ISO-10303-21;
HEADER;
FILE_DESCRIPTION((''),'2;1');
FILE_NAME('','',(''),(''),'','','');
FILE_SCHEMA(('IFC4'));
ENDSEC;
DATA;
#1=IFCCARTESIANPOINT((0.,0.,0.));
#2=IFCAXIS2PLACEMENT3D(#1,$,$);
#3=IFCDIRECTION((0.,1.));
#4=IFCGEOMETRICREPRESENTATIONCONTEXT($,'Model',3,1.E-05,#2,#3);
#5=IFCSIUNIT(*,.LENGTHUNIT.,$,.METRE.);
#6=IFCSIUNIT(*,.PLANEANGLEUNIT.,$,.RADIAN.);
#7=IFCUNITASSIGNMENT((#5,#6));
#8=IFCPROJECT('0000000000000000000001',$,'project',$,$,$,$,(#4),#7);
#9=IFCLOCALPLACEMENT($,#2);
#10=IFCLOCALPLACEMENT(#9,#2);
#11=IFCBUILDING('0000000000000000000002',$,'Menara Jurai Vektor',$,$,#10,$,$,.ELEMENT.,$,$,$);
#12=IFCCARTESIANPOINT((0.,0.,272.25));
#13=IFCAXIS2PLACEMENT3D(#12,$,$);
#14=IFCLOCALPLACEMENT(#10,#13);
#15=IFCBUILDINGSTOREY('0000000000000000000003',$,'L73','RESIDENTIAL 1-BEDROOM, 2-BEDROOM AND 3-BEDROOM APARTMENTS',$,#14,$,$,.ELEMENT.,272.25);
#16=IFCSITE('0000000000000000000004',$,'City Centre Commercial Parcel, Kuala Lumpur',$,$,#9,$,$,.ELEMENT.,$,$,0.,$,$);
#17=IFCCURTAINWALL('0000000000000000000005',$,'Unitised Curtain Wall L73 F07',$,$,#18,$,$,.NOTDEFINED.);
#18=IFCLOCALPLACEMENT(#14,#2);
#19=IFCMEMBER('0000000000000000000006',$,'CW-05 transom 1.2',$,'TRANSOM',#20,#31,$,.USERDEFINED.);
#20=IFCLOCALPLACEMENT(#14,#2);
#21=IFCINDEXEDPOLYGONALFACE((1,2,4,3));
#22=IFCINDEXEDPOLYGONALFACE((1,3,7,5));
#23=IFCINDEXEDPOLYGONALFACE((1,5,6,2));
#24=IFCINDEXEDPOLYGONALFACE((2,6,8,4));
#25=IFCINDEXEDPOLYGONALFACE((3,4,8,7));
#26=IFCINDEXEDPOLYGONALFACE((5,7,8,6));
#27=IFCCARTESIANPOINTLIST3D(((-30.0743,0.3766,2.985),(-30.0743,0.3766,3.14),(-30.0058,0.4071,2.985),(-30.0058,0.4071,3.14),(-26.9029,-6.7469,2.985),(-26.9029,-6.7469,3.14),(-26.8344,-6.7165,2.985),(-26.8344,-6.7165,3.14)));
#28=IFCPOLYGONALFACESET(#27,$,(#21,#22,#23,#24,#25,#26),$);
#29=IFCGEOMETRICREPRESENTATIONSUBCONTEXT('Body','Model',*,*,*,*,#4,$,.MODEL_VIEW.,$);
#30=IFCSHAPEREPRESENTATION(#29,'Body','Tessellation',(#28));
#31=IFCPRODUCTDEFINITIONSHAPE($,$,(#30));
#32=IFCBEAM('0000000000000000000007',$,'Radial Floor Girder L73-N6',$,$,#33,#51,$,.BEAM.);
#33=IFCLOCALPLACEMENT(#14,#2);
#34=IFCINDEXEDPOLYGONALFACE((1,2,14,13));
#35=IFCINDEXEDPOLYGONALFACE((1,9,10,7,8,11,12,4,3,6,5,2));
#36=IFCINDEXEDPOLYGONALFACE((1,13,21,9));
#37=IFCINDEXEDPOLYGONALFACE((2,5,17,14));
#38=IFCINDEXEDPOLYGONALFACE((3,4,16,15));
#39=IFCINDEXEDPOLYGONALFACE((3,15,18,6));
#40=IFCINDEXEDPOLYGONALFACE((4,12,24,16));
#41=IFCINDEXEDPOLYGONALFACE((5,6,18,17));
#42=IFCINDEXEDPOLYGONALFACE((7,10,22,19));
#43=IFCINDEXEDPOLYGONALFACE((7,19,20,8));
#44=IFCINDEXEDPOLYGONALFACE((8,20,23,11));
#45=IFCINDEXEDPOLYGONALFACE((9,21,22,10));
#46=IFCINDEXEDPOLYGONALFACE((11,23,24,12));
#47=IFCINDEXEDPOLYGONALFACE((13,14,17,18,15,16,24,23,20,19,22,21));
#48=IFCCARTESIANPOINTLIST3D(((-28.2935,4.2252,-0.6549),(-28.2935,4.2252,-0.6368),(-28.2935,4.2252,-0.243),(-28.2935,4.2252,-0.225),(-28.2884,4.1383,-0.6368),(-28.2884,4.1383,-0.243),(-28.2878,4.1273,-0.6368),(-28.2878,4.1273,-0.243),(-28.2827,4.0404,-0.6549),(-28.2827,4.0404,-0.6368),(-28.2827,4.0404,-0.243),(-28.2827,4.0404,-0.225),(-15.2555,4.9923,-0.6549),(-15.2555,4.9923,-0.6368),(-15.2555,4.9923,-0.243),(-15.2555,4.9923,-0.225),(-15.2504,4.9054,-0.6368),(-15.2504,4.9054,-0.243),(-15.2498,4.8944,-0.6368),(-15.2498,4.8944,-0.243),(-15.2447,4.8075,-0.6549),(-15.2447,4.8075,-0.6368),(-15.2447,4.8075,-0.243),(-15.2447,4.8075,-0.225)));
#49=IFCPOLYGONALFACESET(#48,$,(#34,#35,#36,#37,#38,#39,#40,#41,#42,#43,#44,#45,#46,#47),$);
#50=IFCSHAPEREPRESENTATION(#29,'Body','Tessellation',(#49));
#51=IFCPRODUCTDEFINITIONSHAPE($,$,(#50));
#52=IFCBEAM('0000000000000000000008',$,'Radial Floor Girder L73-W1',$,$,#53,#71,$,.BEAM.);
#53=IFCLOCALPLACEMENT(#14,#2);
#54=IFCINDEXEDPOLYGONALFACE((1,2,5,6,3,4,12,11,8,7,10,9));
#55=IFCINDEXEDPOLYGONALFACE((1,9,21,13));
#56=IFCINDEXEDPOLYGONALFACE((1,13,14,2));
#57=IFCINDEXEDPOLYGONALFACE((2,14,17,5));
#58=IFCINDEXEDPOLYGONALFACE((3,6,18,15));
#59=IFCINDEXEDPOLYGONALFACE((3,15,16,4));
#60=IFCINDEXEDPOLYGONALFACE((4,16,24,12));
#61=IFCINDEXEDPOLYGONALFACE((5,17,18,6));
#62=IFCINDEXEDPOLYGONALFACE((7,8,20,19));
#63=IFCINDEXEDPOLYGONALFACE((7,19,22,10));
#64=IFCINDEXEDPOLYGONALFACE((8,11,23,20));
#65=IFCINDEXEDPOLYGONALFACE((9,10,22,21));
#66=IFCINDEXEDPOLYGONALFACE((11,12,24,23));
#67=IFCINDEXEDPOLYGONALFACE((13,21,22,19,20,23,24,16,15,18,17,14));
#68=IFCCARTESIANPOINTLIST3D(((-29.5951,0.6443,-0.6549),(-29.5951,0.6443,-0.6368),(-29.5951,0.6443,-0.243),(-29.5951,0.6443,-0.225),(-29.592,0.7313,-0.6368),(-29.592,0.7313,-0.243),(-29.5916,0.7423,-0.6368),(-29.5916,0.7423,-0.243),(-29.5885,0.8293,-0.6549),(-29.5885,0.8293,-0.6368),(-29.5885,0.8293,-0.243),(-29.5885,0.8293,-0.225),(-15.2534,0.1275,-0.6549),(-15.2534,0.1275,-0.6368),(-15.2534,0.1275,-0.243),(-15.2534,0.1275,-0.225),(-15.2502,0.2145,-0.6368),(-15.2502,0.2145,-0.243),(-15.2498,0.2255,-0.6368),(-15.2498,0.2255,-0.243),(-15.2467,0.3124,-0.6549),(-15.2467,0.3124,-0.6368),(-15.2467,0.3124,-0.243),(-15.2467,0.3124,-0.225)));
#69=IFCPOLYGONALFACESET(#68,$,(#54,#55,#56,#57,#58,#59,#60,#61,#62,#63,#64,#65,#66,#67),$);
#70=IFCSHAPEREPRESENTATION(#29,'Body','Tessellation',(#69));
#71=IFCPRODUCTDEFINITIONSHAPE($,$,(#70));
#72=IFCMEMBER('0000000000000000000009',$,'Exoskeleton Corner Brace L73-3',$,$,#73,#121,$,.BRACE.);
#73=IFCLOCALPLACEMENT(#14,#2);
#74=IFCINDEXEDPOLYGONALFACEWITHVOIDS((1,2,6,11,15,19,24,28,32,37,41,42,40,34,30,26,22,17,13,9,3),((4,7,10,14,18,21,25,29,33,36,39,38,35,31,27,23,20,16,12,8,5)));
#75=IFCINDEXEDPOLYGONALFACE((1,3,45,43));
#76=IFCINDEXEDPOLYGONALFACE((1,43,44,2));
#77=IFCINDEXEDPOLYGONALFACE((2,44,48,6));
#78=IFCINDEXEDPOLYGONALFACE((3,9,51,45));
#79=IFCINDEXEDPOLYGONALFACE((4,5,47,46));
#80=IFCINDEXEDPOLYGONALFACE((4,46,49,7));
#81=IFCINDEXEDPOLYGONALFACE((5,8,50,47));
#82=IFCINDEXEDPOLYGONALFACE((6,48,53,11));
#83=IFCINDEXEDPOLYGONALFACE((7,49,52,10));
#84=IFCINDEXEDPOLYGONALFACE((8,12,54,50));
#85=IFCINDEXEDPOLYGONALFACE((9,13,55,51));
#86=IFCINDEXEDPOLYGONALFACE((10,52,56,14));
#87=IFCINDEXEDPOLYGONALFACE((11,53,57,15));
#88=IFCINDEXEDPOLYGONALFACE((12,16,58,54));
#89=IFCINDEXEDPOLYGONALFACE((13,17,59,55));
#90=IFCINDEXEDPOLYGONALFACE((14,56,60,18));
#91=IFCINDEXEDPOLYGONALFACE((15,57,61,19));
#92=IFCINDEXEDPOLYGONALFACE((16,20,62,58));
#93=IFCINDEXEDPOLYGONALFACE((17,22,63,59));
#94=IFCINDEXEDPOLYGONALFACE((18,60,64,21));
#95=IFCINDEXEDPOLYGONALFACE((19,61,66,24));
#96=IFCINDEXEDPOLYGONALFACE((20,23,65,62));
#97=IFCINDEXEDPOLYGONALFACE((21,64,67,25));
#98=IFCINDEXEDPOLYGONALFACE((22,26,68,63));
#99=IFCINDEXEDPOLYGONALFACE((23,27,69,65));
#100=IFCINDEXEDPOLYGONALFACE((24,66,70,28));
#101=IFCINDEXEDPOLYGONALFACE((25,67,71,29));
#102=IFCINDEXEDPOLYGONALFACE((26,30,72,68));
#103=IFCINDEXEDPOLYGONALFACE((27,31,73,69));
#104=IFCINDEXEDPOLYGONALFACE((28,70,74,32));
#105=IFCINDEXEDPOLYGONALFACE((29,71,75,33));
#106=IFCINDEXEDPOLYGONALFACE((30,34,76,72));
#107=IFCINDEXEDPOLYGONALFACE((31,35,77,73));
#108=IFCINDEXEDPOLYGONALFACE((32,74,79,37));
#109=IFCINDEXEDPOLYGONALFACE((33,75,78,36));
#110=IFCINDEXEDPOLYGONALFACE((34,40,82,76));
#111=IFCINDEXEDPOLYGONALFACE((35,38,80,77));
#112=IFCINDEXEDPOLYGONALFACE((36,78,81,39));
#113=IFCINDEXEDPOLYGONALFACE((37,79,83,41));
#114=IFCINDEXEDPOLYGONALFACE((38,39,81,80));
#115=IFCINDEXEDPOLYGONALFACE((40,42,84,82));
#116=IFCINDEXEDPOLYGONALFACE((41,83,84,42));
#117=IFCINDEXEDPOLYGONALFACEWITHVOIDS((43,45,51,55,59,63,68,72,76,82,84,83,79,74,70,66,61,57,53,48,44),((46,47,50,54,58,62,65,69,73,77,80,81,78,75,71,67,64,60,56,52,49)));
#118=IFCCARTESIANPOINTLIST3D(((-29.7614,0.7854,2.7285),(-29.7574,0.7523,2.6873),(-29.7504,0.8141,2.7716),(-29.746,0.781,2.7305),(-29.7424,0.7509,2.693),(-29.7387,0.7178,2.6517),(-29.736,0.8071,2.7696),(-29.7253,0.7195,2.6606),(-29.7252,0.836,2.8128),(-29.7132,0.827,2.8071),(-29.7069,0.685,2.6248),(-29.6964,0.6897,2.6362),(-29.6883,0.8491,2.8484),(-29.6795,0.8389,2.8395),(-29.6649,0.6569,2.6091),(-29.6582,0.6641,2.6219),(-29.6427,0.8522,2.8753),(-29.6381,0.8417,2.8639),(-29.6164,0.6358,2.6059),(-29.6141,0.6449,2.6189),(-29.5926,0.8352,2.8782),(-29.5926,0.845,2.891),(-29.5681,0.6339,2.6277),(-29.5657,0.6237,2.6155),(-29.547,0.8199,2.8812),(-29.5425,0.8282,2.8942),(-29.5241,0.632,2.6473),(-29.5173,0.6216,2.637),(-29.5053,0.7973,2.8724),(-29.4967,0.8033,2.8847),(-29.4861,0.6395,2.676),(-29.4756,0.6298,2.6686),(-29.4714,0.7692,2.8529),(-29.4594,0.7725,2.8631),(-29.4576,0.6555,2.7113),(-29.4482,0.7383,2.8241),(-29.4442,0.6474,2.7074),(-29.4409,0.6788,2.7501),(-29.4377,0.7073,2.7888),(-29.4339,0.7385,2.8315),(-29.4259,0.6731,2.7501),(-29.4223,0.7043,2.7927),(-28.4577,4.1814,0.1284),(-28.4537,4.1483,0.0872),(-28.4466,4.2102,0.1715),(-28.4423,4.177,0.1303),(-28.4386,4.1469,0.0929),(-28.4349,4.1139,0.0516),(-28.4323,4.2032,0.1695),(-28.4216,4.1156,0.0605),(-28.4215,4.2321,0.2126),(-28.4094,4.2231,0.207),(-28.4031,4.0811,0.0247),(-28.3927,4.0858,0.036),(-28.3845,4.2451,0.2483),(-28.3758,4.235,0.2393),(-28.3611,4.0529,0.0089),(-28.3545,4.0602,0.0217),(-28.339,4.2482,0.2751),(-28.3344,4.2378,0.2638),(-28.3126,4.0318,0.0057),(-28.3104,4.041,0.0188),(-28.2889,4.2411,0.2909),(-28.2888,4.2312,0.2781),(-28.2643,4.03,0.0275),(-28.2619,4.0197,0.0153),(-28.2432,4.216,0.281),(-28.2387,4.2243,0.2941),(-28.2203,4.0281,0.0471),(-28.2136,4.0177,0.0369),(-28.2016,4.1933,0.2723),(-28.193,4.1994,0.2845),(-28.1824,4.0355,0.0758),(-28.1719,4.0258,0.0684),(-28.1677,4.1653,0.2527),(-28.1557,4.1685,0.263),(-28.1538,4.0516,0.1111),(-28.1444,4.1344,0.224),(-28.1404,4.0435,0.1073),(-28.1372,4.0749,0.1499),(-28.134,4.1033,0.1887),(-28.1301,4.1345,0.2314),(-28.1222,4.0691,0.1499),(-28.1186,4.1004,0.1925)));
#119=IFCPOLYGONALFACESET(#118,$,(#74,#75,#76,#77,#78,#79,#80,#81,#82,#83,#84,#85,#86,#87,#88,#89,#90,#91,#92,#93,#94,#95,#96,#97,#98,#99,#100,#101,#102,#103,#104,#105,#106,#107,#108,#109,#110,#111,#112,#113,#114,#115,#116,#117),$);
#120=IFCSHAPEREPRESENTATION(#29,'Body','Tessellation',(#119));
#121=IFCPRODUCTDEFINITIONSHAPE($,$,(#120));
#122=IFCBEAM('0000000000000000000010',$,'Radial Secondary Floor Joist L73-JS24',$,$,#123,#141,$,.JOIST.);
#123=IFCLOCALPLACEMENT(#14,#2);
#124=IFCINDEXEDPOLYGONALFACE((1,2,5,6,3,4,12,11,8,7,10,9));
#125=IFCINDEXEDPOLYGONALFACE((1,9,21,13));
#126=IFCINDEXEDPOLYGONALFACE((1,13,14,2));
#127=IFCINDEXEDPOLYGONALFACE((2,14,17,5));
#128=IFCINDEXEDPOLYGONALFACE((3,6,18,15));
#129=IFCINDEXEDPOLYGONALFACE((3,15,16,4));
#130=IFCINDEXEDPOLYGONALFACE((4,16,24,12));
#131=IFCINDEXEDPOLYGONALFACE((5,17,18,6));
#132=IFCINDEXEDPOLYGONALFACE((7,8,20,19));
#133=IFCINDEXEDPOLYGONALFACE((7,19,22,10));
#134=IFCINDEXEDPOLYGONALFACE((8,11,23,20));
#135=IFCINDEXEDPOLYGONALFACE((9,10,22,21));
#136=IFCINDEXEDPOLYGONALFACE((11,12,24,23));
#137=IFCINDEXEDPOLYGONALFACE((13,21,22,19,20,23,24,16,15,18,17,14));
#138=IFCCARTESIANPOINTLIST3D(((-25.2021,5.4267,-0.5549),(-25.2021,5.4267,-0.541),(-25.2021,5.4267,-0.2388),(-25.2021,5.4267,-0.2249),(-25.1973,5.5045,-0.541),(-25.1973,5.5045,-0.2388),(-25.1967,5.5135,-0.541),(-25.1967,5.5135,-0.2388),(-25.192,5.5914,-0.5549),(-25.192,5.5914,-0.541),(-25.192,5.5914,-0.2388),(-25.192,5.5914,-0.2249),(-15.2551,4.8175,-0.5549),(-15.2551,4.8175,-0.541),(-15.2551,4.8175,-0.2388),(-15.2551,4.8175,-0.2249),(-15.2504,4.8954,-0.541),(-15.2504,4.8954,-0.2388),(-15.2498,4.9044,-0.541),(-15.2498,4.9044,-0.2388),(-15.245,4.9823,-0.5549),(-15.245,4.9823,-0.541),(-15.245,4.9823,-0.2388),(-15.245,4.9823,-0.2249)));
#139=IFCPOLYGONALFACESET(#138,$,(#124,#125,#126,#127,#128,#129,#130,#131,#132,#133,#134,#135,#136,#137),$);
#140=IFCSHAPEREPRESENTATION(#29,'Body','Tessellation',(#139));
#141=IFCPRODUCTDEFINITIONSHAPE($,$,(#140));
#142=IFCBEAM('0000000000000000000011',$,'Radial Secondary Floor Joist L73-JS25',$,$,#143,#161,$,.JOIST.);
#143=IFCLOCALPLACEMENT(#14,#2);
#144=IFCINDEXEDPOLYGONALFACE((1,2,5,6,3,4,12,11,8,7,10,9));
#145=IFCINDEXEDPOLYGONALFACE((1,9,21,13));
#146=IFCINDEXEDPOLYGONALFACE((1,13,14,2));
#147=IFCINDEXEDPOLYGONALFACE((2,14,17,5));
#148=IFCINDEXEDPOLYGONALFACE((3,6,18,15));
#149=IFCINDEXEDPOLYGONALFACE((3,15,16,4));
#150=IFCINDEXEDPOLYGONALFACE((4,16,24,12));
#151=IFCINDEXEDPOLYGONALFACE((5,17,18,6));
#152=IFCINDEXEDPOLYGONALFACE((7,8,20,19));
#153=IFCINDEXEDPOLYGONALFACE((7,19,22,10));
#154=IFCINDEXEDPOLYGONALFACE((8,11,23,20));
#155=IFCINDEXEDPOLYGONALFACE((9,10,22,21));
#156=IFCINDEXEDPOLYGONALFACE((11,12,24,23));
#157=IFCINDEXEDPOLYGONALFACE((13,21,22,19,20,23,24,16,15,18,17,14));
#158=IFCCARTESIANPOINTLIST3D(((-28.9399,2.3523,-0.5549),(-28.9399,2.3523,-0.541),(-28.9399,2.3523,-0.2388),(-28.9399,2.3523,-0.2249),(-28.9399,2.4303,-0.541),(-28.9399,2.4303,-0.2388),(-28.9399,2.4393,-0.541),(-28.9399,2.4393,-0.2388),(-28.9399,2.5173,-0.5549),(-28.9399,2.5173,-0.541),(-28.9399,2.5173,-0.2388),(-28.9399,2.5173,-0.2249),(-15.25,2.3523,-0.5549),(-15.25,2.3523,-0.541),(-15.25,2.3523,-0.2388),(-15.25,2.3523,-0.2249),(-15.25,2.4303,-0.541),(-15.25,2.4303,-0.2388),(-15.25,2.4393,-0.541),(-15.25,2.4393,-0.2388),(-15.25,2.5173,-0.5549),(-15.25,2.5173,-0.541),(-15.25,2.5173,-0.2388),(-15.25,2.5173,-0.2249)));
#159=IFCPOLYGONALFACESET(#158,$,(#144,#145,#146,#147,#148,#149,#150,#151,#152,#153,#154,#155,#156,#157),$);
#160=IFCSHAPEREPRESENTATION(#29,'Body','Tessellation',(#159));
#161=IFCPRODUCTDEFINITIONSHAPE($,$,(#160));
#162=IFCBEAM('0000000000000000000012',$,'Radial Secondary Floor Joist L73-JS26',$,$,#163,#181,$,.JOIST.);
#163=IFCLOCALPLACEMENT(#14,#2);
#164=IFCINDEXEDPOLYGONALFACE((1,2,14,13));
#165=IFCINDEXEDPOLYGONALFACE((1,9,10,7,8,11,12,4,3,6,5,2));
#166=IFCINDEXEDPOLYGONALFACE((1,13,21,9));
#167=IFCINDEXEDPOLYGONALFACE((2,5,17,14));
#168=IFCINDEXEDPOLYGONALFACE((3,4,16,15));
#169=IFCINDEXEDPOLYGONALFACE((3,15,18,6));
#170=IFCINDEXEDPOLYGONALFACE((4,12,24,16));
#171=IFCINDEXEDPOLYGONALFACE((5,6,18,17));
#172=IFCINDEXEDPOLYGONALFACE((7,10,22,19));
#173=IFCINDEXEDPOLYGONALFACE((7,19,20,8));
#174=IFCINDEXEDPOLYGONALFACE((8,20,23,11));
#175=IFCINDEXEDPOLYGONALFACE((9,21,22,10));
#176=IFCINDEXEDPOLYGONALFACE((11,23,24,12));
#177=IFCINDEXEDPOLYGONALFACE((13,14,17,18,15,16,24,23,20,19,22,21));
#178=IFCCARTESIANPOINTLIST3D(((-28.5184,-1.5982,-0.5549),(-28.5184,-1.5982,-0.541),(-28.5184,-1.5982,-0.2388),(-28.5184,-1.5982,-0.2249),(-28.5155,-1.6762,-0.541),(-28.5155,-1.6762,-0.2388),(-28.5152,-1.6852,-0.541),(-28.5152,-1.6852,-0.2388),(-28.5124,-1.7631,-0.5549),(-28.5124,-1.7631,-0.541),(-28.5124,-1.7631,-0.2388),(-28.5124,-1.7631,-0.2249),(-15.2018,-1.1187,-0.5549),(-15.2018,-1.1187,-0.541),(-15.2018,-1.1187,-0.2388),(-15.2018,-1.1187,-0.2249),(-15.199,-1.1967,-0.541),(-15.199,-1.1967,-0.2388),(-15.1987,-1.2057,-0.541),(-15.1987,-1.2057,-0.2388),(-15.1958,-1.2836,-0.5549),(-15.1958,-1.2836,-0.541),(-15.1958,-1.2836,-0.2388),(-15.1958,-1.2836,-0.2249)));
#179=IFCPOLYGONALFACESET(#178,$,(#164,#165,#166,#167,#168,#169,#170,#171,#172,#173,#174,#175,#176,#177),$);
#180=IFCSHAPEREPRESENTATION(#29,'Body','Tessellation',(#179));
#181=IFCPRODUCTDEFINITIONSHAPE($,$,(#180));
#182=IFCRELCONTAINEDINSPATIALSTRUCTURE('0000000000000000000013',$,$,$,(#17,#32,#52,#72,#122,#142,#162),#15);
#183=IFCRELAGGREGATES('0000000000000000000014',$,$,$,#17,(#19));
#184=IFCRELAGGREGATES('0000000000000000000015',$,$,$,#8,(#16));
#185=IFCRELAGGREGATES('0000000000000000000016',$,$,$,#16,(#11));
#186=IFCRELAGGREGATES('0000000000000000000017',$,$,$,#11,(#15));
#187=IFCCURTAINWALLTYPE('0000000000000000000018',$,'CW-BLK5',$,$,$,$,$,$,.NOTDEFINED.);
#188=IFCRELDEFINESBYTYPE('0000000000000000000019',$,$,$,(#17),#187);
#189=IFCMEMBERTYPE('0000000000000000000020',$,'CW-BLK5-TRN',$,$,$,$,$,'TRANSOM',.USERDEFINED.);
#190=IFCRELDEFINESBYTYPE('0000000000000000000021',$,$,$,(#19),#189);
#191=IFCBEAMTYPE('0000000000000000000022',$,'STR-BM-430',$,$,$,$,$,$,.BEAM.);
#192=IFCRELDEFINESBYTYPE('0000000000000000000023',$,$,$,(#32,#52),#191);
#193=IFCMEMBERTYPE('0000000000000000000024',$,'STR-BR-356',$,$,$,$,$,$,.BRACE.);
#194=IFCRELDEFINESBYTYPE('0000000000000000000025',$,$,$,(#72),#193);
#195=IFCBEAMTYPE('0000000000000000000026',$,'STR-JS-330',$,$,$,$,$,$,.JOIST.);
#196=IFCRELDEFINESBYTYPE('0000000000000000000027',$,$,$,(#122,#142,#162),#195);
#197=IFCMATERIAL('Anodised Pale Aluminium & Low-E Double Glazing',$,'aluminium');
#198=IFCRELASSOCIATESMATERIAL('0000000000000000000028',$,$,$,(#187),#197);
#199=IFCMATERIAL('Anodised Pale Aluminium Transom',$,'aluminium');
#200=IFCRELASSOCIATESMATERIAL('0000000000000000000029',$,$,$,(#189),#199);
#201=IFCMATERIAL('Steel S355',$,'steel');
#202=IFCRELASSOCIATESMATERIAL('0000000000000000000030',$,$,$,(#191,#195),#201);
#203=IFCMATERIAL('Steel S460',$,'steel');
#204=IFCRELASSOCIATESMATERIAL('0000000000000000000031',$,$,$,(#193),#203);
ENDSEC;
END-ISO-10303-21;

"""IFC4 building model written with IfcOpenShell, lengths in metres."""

from ifc_helpers import new_model, si_unit, direction, frame, origin, origin_2d, place, context, subcontext, project, spatial, rectangle, hollow_circle, i_section, extrude, material, material_profile, profile_set, type_object, element, aggregate, save


model = new_model("IFC4")

# Units and contexts
model_context = context("Model", 3, precision=1e-05, world=origin(), true_north=direction((0.0, 1.0)))
body_context = subcontext(model_context, "Body", "Model", "MODEL_VIEW")
ifc_project = project(units=[si_unit("LENGTHUNIT", "METRE"), si_unit("PLANEANGLEUNIT", "RADIAN")], contexts=[model_context])

# Site, building, storey
site_placement = place(None, origin())
site = spatial("IfcSite", under=ifc_project, at=site_placement, Name="City Centre Commercial Parcel, Kuala Lumpur", CompositionType="ELEMENT", RefElevation=0.0)
building_placement = place(site_placement, origin())
building = spatial("IfcBuilding", under=site, at=building_placement, Name="Menara Jurai Vektor", CompositionType="ELEMENT")
storey_placement = place(building_placement, frame((0.0, 0.0, 272.25)))
storey = spatial("IfcBuildingStorey", under=building, at=storey_placement, Name="L73", Description="RESIDENTIAL 1-BEDROOM, 2-BEDROOM AND 3-BEDROOM APARTMENTS", CompositionType="ELEMENT", Elevation=272.25)

# Shared definitions
ifc_material_1 = material(Name="Steel S460", Category="steel")

# Shared definitions
ifc_material_2 = material(Name="Anodised Pale Aluminium & Low-E Double Glazing", Category="aluminium")
curtain_wall_type = type_object("IfcCurtainWallType", Name="CW-BLK5", PredefinedType="NOTDEFINED", material=ifc_material_2)

# Curtain wall
curtain_wall_1_placement = place(storey_placement, origin())
curtain_wall_1 = element("IfcCurtainWall", 1, at=curtain_wall_1_placement, inside=storey, type_object=curtain_wall_type, Name="Unitised Curtain Wall L73 F07", PredefinedType="NOTDEFINED")

# Member
ifc_material_3 = material(Name="Anodised Pale Aluminium Transom", Category="aluminium")
ifc_material_profile_1 = material_profile(ifc_material_3, rectangle(XDim=0.075, YDim=0.155, at=origin_2d()), Name="ALU TRN 75x155")
ifc_profile_set_1 = profile_set([ifc_material_profile_1], Name="Anodised Pale Aluminium Transom")
member_type_1 = type_object("IfcMemberType", Name="CW-BLK5-TRN", ElementType="TRANSOM", PredefinedType="USERDEFINED", material=ifc_profile_set_1)
member_1_placement = place(storey_placement, frame((-30.04, 0.3918, 3.0625), z_axis=(0.406714, -0.913556, 0.0), x_axis=(0.913556, 0.406714, 0.0)))
member_1 = element("IfcMember", 2, at=member_1_placement, type_object=member_type_1, Name="CW-05 transom 1.2", ObjectType="TRANSOM", PredefinedType="USERDEFINED", context=body_context, shape_type="SweptSolid", body=[
    extrude(rectangle(XDim=0.075, YDim=0.155, at=origin_2d()), origin(), (0.0, 0.0, 1.0), 7.7976),
])
aggregate(curtain_wall_1, [member_1])

# Beams
ifc_material_4 = material(Name="Steel S355", Category="steel")
ifc_material_profile_2 = material_profile(ifc_material_4, i_section(OverallWidth=0.1851, OverallDepth=0.4299, WebThickness=0.011, FlangeThickness=0.0181, at=origin_2d()), Name="PG 430x185x76")
ifc_profile_set_2 = profile_set([ifc_material_profile_2], Name="Steel S355")
beam_type_1 = type_object("IfcBeamType", Name="STR-BM-430", PredefinedType="BEAM", material=ifc_profile_set_2)
beam_1_placement = place(storey_placement, frame((-28.2881, 4.1328, -0.4399), z_axis=(0.998274, 0.058733, 0.0), x_axis=(-0.058733, 0.998274, 0.0)))
element("IfcBeam", 3, at=beam_1_placement, inside=storey, type_object=beam_type_1, Name="Radial Floor Girder L73-N6", PredefinedType="BEAM", context=body_context, shape_type="SweptSolid", body=[
    extrude(i_section(OverallWidth=0.1851, OverallDepth=0.4299, WebThickness=0.011, FlangeThickness=0.0181, at=origin_2d()), origin(), (0.0, 0.0, 1.0), 13.0605),
])
beam_2_placement = place(storey_placement, frame((-29.5918, 0.7368, -0.4399), z_axis=(0.999351, -0.036014, 0.0), x_axis=(0.036014, 0.999351, 0.0)))
element("IfcBeam", 4, at=beam_2_placement, inside=storey, type_object=beam_type_1, Name="Radial Floor Girder L73-W1", PredefinedType="BEAM", context=body_context, shape_type="SweptSolid", body=[
    extrude(i_section(OverallWidth=0.1851, OverallDepth=0.4299, WebThickness=0.011, FlangeThickness=0.0181, at=origin_2d()), origin(), (0.0, 0.0, 1.0), 14.3511),
])

# Member
ifc_material_profile_3 = material_profile(ifc_material_1, hollow_circle(Radius=0.1777, WallThickness=0.0161, at=origin_2d()), Name="CHS 355.6x16")
ifc_profile_set_3 = profile_set([ifc_material_profile_3], Name="Steel S460")
member_type_2 = type_object("IfcMemberType", Name="STR-BR-356", PredefinedType="BRACE", material=ifc_profile_set_3)
member_2_placement = place(storey_placement, frame((-28.2881, 4.1328, 0.1499), z_axis=(-0.29157, -0.759502, 0.581502), x_axis=(0.93357, -0.358394, 0.0)))
element("IfcMember", 5, at=member_2_placement, inside=storey, type_object=member_type_2, Name="Exoskeleton Corner Brace L73-3", PredefinedType="BRACE", context=body_context, shape_type="SweptSolid", body=[
    extrude(hollow_circle(Radius=0.1777, WallThickness=0.0161, at=origin_2d()), origin(), (0.0, 0.0, 1.0), 4.4714),
])

# Beams
ifc_material_profile_4 = material_profile(ifc_material_4, i_section(OverallWidth=0.165, OverallDepth=0.3301, WebThickness=0.009, FlangeThickness=0.0139, at=origin_2d()), Name="PG 330x165x46")
ifc_profile_set_4 = profile_set([ifc_material_profile_4], Name="Steel S355")
beam_type_2 = type_object("IfcBeamType", Name="STR-JS-330", PredefinedType="JOIST", material=ifc_profile_set_4)
beam_3_placement = place(storey_placement, frame((-25.197, 5.509, -0.3899), z_axis=(0.99813, -0.061123, 0.0), x_axis=(0.061123, 0.99813, 0.0)))
element("IfcBeam", 6, at=beam_3_placement, inside=storey, type_object=beam_type_2, Name="Radial Secondary Floor Joist L73-JS24", PredefinedType="JOIST", context=body_context, shape_type="SweptSolid", body=[
    extrude(i_section(OverallWidth=0.165, OverallDepth=0.3301, WebThickness=0.009, FlangeThickness=0.0139, at=origin_2d()), origin(), (0.0, 0.0, 1.0), 9.9656),
])
beam_4_placement = place(storey_placement, frame((-28.9399, 2.4348, -0.3899), z_axis=(1.0, 0.0, 0.0), x_axis=(0.0, 1.0, 0.0)))
element("IfcBeam", 7, at=beam_4_placement, inside=storey, type_object=beam_type_2, Name="Radial Secondary Floor Joist L73-JS25", PredefinedType="JOIST", context=body_context, shape_type="SweptSolid", body=[
    extrude(i_section(OverallWidth=0.165, OverallDepth=0.3301, WebThickness=0.009, FlangeThickness=0.0139, at=origin_2d()), origin(), (0.0, 0.0, 1.0), 13.6899),
])
beam_5_placement = place(storey_placement, frame((-28.5154, -1.6807, -0.3899), z_axis=(0.999352, 0.035984, 0.0), x_axis=(-0.035984, 0.999352, 0.0)))
element("IfcBeam", 8, at=beam_5_placement, inside=storey, type_object=beam_type_2, Name="Radial Secondary Floor Joist L73-JS26", PredefinedType="JOIST", context=body_context, shape_type="SweptSolid", body=[
    extrude(i_section(OverallWidth=0.165, OverallDepth=0.3301, WebThickness=0.009, FlangeThickness=0.0139, at=origin_2d()), origin(), (0.0, 0.0, 1.0), 13.3252),
])

save(model, "model.ifc")
